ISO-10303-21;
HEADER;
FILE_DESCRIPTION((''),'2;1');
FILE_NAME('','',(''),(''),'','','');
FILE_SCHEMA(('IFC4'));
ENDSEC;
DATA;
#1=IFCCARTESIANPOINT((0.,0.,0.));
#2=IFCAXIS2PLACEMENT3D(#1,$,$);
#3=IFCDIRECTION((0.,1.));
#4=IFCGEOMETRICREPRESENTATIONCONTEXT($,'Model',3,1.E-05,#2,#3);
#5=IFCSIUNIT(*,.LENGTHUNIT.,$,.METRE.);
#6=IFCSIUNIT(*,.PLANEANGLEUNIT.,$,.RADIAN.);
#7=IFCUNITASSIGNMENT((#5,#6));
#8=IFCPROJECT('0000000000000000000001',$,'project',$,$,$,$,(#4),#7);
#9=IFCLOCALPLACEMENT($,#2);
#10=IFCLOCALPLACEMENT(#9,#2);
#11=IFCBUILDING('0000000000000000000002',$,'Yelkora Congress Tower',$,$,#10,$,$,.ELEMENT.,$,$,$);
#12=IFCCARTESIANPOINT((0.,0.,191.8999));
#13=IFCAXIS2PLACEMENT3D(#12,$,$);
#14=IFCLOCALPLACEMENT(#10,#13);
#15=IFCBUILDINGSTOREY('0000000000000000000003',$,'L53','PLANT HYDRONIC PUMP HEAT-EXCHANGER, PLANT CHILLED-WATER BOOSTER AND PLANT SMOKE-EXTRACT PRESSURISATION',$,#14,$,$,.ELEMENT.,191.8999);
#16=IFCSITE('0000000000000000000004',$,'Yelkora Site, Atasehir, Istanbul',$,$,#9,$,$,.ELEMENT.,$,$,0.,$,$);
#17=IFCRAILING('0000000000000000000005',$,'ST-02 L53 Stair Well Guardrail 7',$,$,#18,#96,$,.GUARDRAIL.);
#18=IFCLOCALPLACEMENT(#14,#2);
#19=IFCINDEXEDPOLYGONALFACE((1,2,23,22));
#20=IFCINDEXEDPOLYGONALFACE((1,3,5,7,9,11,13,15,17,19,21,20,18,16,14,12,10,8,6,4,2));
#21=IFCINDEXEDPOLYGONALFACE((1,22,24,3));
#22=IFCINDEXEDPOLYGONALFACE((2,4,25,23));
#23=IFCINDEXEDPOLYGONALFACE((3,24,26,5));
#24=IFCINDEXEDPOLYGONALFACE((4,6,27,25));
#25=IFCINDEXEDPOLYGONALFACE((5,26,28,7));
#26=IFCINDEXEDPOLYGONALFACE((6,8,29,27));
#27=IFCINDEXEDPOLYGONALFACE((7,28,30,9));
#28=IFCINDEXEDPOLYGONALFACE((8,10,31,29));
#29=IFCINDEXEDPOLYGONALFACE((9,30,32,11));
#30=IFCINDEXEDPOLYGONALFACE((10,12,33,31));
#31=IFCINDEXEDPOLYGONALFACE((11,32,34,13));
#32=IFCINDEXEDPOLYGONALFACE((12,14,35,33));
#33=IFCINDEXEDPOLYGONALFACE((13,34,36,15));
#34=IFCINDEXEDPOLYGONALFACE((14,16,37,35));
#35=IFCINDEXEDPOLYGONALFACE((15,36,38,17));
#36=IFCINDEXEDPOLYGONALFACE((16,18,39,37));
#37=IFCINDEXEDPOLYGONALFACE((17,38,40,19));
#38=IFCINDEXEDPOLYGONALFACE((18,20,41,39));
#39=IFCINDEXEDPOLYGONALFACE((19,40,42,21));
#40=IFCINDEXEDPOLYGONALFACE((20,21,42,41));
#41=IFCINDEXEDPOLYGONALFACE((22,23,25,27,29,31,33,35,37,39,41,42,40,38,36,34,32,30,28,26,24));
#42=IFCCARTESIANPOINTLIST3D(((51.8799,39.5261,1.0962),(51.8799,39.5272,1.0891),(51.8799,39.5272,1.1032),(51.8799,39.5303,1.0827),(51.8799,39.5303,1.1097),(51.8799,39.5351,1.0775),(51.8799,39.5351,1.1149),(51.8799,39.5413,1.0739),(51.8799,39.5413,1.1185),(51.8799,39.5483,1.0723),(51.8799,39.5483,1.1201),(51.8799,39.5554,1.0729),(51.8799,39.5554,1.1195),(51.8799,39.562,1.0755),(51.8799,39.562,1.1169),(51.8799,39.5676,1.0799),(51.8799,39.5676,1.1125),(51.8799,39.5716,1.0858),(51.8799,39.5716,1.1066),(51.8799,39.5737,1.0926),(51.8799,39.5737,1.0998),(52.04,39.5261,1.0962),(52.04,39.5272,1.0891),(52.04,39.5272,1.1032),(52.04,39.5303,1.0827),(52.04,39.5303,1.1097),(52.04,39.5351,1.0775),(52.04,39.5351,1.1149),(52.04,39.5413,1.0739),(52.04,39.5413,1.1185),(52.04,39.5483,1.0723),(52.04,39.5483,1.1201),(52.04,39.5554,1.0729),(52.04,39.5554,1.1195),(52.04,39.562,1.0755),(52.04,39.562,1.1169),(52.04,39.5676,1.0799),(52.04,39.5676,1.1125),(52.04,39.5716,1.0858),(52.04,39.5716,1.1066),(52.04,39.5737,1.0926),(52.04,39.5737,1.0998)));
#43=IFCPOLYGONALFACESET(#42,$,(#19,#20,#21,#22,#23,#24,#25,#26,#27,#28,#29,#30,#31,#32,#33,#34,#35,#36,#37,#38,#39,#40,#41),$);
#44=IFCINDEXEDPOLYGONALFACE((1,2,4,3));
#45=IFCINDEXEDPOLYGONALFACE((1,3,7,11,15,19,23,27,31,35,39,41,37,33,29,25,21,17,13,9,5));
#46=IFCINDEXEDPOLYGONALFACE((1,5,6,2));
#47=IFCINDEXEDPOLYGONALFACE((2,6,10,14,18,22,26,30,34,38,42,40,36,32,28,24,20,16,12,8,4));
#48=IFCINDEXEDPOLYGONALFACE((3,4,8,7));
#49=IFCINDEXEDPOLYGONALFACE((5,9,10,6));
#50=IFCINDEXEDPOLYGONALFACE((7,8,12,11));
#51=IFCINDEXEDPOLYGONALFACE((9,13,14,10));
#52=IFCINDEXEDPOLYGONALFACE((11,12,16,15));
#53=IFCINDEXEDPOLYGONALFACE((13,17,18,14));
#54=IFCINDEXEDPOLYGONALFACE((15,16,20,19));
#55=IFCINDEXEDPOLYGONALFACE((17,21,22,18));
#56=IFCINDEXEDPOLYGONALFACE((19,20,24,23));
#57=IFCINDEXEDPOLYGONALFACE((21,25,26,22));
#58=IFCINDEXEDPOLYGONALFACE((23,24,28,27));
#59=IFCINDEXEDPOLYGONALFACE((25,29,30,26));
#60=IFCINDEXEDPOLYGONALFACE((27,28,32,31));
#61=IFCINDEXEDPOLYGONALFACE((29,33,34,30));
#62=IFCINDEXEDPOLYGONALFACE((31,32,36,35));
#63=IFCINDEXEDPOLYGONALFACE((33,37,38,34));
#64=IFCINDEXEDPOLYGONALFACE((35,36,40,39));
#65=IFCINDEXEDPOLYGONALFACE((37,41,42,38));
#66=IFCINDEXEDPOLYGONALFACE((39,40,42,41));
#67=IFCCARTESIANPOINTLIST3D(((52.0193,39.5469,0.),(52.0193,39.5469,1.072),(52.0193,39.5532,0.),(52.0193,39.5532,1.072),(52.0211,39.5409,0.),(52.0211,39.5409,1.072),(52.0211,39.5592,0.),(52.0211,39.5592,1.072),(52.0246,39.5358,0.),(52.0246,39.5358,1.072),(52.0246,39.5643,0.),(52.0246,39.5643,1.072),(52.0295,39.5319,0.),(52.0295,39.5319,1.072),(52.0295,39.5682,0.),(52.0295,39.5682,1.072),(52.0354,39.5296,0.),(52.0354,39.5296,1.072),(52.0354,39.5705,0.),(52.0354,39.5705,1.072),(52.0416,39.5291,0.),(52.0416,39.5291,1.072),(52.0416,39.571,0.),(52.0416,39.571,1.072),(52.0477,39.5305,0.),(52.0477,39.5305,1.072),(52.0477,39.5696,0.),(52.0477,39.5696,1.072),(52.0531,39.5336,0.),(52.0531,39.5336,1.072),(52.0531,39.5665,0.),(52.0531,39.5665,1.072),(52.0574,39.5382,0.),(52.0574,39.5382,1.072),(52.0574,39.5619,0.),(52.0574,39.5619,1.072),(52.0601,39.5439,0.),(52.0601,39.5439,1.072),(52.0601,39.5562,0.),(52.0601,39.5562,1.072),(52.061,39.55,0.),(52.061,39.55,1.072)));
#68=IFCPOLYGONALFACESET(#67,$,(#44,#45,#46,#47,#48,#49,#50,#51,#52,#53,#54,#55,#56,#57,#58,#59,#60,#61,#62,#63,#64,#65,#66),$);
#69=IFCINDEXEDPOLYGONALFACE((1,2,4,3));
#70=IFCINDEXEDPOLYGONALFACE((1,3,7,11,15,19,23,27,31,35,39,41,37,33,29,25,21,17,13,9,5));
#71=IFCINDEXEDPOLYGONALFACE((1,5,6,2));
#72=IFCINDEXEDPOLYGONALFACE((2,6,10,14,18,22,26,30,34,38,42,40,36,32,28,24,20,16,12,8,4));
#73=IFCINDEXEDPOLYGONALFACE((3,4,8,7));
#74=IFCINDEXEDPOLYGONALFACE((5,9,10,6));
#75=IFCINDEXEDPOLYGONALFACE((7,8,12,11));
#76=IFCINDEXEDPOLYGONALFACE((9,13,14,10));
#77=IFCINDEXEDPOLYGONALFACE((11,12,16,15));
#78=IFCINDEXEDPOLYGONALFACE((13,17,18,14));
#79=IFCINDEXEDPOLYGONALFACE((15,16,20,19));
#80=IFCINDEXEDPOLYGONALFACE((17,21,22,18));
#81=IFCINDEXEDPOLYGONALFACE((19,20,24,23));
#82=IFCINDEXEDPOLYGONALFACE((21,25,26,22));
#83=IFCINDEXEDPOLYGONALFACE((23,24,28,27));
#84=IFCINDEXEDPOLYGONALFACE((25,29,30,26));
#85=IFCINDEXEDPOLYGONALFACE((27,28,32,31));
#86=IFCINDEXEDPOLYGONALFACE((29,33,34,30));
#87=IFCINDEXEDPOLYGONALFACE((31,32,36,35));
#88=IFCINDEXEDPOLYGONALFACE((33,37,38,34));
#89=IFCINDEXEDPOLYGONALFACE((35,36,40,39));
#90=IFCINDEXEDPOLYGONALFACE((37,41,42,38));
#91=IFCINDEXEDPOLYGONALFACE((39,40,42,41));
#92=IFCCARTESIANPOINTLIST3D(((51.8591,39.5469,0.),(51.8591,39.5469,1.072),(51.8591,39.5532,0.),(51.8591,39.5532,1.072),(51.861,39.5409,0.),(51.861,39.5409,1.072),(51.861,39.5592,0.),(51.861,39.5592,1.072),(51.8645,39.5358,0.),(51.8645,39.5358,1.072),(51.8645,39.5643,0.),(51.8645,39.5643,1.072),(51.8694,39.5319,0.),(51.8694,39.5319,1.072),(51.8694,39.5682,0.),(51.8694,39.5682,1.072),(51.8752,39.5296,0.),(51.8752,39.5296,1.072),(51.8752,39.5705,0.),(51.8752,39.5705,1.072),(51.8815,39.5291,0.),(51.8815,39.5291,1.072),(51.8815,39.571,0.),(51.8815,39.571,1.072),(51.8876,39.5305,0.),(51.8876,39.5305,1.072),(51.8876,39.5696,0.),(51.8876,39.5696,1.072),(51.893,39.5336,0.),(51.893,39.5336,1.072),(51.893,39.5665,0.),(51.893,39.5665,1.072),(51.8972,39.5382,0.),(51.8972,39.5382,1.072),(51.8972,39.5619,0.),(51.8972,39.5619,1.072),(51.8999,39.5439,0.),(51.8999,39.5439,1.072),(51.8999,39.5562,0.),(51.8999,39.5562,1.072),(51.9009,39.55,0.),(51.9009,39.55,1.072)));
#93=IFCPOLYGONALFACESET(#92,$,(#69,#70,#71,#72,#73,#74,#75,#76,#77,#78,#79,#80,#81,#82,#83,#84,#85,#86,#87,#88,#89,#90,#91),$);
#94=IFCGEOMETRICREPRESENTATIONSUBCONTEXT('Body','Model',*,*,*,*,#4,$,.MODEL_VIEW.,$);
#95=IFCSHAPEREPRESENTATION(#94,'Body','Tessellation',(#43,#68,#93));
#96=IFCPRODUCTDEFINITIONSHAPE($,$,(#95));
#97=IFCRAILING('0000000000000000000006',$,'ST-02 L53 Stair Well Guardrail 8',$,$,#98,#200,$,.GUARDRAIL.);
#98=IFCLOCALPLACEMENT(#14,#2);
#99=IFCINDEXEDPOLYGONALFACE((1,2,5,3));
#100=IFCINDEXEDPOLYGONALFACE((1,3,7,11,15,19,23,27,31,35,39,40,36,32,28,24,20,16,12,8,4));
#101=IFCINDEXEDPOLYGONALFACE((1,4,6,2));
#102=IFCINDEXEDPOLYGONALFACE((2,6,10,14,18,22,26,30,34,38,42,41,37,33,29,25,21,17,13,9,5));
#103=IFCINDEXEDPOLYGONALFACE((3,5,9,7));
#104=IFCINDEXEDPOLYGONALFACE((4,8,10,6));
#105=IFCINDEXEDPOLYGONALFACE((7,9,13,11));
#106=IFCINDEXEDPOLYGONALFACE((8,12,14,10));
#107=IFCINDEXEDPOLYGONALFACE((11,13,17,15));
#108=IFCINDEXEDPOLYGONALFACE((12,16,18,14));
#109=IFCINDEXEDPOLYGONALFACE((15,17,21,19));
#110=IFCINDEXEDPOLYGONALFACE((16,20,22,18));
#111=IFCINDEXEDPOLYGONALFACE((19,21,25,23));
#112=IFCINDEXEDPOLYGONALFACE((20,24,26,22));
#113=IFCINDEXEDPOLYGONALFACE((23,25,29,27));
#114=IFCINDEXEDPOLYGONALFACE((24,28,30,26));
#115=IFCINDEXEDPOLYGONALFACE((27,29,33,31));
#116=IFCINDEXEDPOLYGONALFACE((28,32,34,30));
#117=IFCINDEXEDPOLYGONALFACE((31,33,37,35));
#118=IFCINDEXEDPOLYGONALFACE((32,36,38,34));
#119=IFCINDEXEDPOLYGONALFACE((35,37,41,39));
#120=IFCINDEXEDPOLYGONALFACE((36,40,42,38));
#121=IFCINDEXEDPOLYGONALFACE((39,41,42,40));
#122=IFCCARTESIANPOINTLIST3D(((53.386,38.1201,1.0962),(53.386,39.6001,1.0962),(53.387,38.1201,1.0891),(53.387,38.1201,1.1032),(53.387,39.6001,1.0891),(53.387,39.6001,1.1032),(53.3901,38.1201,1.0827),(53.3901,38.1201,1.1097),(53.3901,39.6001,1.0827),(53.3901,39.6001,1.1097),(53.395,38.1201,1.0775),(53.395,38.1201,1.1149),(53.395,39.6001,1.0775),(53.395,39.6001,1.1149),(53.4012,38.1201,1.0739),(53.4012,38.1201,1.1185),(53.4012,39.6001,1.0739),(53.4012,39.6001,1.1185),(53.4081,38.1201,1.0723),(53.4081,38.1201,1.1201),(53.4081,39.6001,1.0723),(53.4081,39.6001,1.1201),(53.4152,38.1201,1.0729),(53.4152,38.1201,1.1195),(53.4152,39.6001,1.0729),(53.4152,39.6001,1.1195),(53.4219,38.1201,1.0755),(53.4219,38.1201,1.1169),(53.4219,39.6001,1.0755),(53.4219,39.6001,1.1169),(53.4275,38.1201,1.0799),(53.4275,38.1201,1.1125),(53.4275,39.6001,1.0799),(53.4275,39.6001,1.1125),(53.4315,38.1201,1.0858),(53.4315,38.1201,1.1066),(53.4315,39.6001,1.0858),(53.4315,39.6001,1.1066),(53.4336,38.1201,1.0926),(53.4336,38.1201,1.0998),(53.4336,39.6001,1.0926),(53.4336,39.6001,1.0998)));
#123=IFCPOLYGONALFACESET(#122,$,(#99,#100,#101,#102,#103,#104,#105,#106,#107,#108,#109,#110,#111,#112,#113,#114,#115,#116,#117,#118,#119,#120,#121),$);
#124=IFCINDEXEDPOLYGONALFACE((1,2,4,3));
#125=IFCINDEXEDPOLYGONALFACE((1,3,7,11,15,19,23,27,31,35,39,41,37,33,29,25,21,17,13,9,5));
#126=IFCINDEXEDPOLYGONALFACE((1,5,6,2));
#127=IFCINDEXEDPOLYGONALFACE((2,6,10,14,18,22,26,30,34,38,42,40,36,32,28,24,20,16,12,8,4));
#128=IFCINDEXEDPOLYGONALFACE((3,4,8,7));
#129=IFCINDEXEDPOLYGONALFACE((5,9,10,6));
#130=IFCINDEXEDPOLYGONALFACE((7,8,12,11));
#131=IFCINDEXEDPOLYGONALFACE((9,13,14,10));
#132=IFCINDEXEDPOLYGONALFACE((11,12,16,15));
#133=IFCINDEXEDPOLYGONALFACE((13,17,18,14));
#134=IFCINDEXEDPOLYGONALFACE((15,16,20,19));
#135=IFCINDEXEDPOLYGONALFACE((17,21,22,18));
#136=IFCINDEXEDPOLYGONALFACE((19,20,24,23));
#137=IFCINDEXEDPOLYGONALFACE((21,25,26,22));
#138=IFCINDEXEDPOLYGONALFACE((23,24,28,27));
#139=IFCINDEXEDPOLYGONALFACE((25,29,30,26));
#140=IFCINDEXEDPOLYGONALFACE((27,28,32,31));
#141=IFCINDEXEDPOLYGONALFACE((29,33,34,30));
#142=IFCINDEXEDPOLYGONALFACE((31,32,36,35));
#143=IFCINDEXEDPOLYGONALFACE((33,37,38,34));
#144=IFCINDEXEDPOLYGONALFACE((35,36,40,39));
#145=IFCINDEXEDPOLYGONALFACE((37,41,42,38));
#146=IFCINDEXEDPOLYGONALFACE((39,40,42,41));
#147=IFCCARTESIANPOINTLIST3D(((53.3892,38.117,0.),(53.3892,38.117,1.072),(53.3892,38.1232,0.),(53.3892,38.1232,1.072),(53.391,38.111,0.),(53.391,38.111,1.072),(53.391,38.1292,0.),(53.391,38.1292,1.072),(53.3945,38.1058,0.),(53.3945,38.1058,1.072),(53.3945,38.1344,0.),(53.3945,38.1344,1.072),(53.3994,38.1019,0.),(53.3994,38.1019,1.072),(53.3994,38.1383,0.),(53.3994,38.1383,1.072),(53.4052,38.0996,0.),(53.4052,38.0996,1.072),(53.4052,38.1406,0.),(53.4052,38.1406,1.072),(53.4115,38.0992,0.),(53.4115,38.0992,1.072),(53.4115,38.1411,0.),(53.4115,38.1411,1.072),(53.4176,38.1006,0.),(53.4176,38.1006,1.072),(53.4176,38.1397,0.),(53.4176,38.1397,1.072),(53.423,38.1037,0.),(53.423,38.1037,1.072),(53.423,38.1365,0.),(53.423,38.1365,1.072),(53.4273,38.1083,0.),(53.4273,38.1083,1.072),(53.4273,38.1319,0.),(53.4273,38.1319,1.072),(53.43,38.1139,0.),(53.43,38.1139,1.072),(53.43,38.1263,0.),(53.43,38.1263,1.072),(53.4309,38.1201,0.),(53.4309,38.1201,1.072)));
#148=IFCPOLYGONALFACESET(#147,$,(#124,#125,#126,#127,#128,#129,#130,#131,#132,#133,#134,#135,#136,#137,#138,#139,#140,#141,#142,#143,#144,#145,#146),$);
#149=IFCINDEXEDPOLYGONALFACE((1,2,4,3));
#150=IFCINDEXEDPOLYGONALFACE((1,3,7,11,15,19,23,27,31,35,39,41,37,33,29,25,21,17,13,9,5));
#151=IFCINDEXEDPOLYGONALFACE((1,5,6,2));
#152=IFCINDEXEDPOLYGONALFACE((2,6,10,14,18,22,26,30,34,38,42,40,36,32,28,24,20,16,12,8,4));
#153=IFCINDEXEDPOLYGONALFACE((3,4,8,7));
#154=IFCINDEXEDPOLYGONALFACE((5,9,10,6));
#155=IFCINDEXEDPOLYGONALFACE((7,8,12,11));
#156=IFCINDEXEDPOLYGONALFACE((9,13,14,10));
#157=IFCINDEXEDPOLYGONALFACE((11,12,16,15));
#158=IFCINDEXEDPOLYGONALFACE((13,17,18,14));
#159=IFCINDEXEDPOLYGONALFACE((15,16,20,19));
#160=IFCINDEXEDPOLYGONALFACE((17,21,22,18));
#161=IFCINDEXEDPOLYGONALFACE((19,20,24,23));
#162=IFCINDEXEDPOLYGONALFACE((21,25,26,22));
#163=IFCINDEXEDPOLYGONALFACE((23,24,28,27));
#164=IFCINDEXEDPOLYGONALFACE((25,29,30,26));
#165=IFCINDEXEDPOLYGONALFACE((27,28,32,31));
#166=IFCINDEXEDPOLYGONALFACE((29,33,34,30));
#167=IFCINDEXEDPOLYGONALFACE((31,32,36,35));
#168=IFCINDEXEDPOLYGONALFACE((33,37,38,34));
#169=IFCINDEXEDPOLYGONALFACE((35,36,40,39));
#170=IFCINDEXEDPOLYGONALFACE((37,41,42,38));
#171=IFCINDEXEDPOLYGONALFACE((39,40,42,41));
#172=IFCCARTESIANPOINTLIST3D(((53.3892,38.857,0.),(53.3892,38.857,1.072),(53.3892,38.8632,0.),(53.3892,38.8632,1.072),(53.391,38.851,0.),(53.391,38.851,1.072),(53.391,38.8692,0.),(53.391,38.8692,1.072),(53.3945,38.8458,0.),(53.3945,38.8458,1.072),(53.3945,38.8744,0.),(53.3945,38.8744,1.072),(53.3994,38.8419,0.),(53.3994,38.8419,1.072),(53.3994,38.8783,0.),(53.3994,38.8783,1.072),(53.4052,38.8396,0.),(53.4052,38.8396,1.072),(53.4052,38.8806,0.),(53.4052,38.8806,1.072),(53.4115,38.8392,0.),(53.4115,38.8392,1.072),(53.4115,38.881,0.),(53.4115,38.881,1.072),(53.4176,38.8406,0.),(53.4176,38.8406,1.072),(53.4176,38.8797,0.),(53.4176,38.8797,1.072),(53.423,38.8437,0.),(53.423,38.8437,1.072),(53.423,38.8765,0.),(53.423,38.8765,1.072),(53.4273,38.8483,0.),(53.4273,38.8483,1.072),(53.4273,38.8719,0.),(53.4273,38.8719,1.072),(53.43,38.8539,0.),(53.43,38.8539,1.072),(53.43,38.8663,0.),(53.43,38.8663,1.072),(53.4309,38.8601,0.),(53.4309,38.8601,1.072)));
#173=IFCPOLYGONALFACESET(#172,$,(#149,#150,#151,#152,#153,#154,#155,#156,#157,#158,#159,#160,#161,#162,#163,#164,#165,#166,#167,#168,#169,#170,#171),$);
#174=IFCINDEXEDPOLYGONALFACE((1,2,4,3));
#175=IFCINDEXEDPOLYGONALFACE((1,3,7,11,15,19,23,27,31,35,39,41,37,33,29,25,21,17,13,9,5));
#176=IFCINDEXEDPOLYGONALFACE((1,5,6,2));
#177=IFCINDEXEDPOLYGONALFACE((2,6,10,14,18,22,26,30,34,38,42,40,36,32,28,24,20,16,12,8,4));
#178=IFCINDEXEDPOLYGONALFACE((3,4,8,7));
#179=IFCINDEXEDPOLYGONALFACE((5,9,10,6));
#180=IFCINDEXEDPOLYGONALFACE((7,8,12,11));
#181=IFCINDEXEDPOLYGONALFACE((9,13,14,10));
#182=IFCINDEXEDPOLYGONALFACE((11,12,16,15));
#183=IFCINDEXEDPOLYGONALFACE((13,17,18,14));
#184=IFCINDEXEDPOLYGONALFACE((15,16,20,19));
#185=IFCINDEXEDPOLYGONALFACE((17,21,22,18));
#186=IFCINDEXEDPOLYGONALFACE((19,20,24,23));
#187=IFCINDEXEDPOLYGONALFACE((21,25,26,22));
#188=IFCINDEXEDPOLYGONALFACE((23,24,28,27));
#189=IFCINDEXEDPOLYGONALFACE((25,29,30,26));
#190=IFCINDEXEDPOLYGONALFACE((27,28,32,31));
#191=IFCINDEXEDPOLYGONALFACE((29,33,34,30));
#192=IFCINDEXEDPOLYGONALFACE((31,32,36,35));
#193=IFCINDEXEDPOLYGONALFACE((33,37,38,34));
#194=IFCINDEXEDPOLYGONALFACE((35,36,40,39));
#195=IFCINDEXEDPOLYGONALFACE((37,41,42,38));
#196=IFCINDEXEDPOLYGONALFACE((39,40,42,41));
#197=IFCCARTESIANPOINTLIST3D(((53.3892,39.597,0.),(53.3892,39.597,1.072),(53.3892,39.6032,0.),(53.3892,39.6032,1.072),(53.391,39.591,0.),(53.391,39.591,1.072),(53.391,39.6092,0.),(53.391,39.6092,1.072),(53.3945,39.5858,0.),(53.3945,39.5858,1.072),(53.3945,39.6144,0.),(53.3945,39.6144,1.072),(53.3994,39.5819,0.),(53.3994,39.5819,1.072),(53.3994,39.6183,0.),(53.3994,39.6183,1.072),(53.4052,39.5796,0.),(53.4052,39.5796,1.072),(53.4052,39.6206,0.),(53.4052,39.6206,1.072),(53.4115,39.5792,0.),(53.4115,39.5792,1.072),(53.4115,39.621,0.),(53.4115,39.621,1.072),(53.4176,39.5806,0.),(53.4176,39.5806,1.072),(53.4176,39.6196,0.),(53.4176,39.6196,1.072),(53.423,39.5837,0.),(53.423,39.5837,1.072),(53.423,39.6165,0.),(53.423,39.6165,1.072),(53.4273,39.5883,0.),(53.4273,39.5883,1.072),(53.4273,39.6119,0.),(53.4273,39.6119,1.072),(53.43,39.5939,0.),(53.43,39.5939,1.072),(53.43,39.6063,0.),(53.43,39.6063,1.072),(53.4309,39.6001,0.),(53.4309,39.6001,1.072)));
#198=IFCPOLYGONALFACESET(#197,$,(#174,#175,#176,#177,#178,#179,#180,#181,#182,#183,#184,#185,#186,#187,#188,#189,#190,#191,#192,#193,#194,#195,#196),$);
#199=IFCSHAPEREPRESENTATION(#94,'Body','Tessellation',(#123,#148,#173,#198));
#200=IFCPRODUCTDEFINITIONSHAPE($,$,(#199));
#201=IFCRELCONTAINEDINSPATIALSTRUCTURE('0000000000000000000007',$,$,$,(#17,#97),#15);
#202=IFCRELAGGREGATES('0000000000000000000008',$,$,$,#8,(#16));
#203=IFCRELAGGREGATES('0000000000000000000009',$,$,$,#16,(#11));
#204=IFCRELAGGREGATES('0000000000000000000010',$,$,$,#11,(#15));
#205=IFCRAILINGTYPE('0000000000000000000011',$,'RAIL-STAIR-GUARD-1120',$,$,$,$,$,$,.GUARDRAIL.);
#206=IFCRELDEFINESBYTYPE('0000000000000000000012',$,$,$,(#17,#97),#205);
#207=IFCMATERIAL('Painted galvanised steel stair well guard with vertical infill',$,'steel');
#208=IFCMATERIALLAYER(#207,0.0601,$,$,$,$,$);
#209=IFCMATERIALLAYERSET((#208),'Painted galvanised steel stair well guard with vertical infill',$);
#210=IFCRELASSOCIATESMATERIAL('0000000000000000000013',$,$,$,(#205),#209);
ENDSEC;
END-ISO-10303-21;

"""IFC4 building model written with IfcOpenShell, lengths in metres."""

from ifc_helpers import new_model, si_unit, direction, frame, origin, origin_2d, place, context, subcontext, project, spatial, circle, extrude, material, layer, layer_set, type_object, element, save


model = new_model("IFC4")

# Units and contexts
model_context = context("Model", 3, precision=1e-05, world=origin(), true_north=direction((0.0, 1.0)))
body_context = subcontext(model_context, "Body", "Model", "MODEL_VIEW")
ifc_project = project(units=[si_unit("LENGTHUNIT", "METRE"), si_unit("PLANEANGLEUNIT", "RADIAN")], contexts=[model_context])

# Site, building, storey
site_placement = place(None, origin())
site = spatial("IfcSite", under=ifc_project, at=site_placement, Name="Yelkora Site, Atasehir, Istanbul", CompositionType="ELEMENT", RefElevation=0.0)
building_placement = place(site_placement, origin())
building = spatial("IfcBuilding", under=site, at=building_placement, Name="Yelkora Congress Tower", CompositionType="ELEMENT")
storey_placement = place(building_placement, frame((0.0, 0.0, 191.8999)))
storey = spatial("IfcBuildingStorey", under=building, at=storey_placement, Name="L53", Description="PLANT HYDRONIC PUMP HEAT-EXCHANGER, PLANT CHILLED-WATER BOOSTER AND PLANT SMOKE-EXTRACT PRESSURISATION", CompositionType="ELEMENT", Elevation=191.8999)

# Railings
ifc_material_1 = material(Name="Painted galvanised steel stair well guard with vertical infill", Category="steel")
ifc_layer_1 = layer(ifc_material_1, 0.0601)
ifc_layer_set_1 = layer_set([ifc_layer_1], Name="Painted galvanised steel stair well guard with vertical infill")
railing_type_1 = type_object("IfcRailingType", Name="RAIL-STAIR-GUARD-1120", PredefinedType="GUARDRAIL", material=ifc_layer_set_1)
railing_1_placement = place(storey_placement, frame((52.04, 39.55, 0.0)))
element("IfcRailing", 1, at=railing_1_placement, inside=storey, type_object=railing_type_1, Name="ST-02 L53 Stair Well Guardrail 7", PredefinedType="GUARDRAIL", context=body_context, shape_type="SweptSolid", body=[
    extrude(circle(Radius=0.0239, at=origin_2d()), frame((0.0, 0.0, 1.0962), z_axis=(-1.0, 0.0, 0.0), x_axis=(0.0, -1.0, 0.0)), (0.0, 0.0, 1.0), 0.1602),
    extrude(circle(Radius=0.021, at=origin_2d()), origin(), (0.0, 0.0, 1.0), 1.072),
    extrude(circle(Radius=0.021, at=origin_2d()), frame((-0.1602, 0.0, 0.0)), (0.0, 0.0, 1.0), 1.072),
])
for number, where, name in (
    (2, (53.4099, 38.1201, 0.0), "ST-02 L53 Stair Well Guardrail 8"),
):
    element("IfcRailing", number, at=place(storey_placement, frame(where)), inside=storey, type_object=railing_type_1, Name=name, PredefinedType="GUARDRAIL", context=body_context, shape_type="SweptSolid", body=[
        extrude(circle(Radius=0.0239, at=origin_2d()), frame((0.0, 0.0, 1.0962), z_axis=(0.0, 1.0, 0.0), x_axis=(-1.0, 0.0, 0.0)), (0.0, 0.0, 1.0), 1.48),
        extrude(circle(Radius=0.021, at=origin_2d()), origin(), (0.0, 0.0, 1.0), 1.072),
        extrude(circle(Radius=0.021, at=origin_2d()), frame((0.0, 0.74, 0.0)), (0.0, 0.0, 1.0), 1.072),
        extrude(circle(Radius=0.021, at=origin_2d()), frame((0.0, 1.48, 0.0)), (0.0, 0.0, 1.0), 1.072),
    ])

save(model, "model.ifc")
